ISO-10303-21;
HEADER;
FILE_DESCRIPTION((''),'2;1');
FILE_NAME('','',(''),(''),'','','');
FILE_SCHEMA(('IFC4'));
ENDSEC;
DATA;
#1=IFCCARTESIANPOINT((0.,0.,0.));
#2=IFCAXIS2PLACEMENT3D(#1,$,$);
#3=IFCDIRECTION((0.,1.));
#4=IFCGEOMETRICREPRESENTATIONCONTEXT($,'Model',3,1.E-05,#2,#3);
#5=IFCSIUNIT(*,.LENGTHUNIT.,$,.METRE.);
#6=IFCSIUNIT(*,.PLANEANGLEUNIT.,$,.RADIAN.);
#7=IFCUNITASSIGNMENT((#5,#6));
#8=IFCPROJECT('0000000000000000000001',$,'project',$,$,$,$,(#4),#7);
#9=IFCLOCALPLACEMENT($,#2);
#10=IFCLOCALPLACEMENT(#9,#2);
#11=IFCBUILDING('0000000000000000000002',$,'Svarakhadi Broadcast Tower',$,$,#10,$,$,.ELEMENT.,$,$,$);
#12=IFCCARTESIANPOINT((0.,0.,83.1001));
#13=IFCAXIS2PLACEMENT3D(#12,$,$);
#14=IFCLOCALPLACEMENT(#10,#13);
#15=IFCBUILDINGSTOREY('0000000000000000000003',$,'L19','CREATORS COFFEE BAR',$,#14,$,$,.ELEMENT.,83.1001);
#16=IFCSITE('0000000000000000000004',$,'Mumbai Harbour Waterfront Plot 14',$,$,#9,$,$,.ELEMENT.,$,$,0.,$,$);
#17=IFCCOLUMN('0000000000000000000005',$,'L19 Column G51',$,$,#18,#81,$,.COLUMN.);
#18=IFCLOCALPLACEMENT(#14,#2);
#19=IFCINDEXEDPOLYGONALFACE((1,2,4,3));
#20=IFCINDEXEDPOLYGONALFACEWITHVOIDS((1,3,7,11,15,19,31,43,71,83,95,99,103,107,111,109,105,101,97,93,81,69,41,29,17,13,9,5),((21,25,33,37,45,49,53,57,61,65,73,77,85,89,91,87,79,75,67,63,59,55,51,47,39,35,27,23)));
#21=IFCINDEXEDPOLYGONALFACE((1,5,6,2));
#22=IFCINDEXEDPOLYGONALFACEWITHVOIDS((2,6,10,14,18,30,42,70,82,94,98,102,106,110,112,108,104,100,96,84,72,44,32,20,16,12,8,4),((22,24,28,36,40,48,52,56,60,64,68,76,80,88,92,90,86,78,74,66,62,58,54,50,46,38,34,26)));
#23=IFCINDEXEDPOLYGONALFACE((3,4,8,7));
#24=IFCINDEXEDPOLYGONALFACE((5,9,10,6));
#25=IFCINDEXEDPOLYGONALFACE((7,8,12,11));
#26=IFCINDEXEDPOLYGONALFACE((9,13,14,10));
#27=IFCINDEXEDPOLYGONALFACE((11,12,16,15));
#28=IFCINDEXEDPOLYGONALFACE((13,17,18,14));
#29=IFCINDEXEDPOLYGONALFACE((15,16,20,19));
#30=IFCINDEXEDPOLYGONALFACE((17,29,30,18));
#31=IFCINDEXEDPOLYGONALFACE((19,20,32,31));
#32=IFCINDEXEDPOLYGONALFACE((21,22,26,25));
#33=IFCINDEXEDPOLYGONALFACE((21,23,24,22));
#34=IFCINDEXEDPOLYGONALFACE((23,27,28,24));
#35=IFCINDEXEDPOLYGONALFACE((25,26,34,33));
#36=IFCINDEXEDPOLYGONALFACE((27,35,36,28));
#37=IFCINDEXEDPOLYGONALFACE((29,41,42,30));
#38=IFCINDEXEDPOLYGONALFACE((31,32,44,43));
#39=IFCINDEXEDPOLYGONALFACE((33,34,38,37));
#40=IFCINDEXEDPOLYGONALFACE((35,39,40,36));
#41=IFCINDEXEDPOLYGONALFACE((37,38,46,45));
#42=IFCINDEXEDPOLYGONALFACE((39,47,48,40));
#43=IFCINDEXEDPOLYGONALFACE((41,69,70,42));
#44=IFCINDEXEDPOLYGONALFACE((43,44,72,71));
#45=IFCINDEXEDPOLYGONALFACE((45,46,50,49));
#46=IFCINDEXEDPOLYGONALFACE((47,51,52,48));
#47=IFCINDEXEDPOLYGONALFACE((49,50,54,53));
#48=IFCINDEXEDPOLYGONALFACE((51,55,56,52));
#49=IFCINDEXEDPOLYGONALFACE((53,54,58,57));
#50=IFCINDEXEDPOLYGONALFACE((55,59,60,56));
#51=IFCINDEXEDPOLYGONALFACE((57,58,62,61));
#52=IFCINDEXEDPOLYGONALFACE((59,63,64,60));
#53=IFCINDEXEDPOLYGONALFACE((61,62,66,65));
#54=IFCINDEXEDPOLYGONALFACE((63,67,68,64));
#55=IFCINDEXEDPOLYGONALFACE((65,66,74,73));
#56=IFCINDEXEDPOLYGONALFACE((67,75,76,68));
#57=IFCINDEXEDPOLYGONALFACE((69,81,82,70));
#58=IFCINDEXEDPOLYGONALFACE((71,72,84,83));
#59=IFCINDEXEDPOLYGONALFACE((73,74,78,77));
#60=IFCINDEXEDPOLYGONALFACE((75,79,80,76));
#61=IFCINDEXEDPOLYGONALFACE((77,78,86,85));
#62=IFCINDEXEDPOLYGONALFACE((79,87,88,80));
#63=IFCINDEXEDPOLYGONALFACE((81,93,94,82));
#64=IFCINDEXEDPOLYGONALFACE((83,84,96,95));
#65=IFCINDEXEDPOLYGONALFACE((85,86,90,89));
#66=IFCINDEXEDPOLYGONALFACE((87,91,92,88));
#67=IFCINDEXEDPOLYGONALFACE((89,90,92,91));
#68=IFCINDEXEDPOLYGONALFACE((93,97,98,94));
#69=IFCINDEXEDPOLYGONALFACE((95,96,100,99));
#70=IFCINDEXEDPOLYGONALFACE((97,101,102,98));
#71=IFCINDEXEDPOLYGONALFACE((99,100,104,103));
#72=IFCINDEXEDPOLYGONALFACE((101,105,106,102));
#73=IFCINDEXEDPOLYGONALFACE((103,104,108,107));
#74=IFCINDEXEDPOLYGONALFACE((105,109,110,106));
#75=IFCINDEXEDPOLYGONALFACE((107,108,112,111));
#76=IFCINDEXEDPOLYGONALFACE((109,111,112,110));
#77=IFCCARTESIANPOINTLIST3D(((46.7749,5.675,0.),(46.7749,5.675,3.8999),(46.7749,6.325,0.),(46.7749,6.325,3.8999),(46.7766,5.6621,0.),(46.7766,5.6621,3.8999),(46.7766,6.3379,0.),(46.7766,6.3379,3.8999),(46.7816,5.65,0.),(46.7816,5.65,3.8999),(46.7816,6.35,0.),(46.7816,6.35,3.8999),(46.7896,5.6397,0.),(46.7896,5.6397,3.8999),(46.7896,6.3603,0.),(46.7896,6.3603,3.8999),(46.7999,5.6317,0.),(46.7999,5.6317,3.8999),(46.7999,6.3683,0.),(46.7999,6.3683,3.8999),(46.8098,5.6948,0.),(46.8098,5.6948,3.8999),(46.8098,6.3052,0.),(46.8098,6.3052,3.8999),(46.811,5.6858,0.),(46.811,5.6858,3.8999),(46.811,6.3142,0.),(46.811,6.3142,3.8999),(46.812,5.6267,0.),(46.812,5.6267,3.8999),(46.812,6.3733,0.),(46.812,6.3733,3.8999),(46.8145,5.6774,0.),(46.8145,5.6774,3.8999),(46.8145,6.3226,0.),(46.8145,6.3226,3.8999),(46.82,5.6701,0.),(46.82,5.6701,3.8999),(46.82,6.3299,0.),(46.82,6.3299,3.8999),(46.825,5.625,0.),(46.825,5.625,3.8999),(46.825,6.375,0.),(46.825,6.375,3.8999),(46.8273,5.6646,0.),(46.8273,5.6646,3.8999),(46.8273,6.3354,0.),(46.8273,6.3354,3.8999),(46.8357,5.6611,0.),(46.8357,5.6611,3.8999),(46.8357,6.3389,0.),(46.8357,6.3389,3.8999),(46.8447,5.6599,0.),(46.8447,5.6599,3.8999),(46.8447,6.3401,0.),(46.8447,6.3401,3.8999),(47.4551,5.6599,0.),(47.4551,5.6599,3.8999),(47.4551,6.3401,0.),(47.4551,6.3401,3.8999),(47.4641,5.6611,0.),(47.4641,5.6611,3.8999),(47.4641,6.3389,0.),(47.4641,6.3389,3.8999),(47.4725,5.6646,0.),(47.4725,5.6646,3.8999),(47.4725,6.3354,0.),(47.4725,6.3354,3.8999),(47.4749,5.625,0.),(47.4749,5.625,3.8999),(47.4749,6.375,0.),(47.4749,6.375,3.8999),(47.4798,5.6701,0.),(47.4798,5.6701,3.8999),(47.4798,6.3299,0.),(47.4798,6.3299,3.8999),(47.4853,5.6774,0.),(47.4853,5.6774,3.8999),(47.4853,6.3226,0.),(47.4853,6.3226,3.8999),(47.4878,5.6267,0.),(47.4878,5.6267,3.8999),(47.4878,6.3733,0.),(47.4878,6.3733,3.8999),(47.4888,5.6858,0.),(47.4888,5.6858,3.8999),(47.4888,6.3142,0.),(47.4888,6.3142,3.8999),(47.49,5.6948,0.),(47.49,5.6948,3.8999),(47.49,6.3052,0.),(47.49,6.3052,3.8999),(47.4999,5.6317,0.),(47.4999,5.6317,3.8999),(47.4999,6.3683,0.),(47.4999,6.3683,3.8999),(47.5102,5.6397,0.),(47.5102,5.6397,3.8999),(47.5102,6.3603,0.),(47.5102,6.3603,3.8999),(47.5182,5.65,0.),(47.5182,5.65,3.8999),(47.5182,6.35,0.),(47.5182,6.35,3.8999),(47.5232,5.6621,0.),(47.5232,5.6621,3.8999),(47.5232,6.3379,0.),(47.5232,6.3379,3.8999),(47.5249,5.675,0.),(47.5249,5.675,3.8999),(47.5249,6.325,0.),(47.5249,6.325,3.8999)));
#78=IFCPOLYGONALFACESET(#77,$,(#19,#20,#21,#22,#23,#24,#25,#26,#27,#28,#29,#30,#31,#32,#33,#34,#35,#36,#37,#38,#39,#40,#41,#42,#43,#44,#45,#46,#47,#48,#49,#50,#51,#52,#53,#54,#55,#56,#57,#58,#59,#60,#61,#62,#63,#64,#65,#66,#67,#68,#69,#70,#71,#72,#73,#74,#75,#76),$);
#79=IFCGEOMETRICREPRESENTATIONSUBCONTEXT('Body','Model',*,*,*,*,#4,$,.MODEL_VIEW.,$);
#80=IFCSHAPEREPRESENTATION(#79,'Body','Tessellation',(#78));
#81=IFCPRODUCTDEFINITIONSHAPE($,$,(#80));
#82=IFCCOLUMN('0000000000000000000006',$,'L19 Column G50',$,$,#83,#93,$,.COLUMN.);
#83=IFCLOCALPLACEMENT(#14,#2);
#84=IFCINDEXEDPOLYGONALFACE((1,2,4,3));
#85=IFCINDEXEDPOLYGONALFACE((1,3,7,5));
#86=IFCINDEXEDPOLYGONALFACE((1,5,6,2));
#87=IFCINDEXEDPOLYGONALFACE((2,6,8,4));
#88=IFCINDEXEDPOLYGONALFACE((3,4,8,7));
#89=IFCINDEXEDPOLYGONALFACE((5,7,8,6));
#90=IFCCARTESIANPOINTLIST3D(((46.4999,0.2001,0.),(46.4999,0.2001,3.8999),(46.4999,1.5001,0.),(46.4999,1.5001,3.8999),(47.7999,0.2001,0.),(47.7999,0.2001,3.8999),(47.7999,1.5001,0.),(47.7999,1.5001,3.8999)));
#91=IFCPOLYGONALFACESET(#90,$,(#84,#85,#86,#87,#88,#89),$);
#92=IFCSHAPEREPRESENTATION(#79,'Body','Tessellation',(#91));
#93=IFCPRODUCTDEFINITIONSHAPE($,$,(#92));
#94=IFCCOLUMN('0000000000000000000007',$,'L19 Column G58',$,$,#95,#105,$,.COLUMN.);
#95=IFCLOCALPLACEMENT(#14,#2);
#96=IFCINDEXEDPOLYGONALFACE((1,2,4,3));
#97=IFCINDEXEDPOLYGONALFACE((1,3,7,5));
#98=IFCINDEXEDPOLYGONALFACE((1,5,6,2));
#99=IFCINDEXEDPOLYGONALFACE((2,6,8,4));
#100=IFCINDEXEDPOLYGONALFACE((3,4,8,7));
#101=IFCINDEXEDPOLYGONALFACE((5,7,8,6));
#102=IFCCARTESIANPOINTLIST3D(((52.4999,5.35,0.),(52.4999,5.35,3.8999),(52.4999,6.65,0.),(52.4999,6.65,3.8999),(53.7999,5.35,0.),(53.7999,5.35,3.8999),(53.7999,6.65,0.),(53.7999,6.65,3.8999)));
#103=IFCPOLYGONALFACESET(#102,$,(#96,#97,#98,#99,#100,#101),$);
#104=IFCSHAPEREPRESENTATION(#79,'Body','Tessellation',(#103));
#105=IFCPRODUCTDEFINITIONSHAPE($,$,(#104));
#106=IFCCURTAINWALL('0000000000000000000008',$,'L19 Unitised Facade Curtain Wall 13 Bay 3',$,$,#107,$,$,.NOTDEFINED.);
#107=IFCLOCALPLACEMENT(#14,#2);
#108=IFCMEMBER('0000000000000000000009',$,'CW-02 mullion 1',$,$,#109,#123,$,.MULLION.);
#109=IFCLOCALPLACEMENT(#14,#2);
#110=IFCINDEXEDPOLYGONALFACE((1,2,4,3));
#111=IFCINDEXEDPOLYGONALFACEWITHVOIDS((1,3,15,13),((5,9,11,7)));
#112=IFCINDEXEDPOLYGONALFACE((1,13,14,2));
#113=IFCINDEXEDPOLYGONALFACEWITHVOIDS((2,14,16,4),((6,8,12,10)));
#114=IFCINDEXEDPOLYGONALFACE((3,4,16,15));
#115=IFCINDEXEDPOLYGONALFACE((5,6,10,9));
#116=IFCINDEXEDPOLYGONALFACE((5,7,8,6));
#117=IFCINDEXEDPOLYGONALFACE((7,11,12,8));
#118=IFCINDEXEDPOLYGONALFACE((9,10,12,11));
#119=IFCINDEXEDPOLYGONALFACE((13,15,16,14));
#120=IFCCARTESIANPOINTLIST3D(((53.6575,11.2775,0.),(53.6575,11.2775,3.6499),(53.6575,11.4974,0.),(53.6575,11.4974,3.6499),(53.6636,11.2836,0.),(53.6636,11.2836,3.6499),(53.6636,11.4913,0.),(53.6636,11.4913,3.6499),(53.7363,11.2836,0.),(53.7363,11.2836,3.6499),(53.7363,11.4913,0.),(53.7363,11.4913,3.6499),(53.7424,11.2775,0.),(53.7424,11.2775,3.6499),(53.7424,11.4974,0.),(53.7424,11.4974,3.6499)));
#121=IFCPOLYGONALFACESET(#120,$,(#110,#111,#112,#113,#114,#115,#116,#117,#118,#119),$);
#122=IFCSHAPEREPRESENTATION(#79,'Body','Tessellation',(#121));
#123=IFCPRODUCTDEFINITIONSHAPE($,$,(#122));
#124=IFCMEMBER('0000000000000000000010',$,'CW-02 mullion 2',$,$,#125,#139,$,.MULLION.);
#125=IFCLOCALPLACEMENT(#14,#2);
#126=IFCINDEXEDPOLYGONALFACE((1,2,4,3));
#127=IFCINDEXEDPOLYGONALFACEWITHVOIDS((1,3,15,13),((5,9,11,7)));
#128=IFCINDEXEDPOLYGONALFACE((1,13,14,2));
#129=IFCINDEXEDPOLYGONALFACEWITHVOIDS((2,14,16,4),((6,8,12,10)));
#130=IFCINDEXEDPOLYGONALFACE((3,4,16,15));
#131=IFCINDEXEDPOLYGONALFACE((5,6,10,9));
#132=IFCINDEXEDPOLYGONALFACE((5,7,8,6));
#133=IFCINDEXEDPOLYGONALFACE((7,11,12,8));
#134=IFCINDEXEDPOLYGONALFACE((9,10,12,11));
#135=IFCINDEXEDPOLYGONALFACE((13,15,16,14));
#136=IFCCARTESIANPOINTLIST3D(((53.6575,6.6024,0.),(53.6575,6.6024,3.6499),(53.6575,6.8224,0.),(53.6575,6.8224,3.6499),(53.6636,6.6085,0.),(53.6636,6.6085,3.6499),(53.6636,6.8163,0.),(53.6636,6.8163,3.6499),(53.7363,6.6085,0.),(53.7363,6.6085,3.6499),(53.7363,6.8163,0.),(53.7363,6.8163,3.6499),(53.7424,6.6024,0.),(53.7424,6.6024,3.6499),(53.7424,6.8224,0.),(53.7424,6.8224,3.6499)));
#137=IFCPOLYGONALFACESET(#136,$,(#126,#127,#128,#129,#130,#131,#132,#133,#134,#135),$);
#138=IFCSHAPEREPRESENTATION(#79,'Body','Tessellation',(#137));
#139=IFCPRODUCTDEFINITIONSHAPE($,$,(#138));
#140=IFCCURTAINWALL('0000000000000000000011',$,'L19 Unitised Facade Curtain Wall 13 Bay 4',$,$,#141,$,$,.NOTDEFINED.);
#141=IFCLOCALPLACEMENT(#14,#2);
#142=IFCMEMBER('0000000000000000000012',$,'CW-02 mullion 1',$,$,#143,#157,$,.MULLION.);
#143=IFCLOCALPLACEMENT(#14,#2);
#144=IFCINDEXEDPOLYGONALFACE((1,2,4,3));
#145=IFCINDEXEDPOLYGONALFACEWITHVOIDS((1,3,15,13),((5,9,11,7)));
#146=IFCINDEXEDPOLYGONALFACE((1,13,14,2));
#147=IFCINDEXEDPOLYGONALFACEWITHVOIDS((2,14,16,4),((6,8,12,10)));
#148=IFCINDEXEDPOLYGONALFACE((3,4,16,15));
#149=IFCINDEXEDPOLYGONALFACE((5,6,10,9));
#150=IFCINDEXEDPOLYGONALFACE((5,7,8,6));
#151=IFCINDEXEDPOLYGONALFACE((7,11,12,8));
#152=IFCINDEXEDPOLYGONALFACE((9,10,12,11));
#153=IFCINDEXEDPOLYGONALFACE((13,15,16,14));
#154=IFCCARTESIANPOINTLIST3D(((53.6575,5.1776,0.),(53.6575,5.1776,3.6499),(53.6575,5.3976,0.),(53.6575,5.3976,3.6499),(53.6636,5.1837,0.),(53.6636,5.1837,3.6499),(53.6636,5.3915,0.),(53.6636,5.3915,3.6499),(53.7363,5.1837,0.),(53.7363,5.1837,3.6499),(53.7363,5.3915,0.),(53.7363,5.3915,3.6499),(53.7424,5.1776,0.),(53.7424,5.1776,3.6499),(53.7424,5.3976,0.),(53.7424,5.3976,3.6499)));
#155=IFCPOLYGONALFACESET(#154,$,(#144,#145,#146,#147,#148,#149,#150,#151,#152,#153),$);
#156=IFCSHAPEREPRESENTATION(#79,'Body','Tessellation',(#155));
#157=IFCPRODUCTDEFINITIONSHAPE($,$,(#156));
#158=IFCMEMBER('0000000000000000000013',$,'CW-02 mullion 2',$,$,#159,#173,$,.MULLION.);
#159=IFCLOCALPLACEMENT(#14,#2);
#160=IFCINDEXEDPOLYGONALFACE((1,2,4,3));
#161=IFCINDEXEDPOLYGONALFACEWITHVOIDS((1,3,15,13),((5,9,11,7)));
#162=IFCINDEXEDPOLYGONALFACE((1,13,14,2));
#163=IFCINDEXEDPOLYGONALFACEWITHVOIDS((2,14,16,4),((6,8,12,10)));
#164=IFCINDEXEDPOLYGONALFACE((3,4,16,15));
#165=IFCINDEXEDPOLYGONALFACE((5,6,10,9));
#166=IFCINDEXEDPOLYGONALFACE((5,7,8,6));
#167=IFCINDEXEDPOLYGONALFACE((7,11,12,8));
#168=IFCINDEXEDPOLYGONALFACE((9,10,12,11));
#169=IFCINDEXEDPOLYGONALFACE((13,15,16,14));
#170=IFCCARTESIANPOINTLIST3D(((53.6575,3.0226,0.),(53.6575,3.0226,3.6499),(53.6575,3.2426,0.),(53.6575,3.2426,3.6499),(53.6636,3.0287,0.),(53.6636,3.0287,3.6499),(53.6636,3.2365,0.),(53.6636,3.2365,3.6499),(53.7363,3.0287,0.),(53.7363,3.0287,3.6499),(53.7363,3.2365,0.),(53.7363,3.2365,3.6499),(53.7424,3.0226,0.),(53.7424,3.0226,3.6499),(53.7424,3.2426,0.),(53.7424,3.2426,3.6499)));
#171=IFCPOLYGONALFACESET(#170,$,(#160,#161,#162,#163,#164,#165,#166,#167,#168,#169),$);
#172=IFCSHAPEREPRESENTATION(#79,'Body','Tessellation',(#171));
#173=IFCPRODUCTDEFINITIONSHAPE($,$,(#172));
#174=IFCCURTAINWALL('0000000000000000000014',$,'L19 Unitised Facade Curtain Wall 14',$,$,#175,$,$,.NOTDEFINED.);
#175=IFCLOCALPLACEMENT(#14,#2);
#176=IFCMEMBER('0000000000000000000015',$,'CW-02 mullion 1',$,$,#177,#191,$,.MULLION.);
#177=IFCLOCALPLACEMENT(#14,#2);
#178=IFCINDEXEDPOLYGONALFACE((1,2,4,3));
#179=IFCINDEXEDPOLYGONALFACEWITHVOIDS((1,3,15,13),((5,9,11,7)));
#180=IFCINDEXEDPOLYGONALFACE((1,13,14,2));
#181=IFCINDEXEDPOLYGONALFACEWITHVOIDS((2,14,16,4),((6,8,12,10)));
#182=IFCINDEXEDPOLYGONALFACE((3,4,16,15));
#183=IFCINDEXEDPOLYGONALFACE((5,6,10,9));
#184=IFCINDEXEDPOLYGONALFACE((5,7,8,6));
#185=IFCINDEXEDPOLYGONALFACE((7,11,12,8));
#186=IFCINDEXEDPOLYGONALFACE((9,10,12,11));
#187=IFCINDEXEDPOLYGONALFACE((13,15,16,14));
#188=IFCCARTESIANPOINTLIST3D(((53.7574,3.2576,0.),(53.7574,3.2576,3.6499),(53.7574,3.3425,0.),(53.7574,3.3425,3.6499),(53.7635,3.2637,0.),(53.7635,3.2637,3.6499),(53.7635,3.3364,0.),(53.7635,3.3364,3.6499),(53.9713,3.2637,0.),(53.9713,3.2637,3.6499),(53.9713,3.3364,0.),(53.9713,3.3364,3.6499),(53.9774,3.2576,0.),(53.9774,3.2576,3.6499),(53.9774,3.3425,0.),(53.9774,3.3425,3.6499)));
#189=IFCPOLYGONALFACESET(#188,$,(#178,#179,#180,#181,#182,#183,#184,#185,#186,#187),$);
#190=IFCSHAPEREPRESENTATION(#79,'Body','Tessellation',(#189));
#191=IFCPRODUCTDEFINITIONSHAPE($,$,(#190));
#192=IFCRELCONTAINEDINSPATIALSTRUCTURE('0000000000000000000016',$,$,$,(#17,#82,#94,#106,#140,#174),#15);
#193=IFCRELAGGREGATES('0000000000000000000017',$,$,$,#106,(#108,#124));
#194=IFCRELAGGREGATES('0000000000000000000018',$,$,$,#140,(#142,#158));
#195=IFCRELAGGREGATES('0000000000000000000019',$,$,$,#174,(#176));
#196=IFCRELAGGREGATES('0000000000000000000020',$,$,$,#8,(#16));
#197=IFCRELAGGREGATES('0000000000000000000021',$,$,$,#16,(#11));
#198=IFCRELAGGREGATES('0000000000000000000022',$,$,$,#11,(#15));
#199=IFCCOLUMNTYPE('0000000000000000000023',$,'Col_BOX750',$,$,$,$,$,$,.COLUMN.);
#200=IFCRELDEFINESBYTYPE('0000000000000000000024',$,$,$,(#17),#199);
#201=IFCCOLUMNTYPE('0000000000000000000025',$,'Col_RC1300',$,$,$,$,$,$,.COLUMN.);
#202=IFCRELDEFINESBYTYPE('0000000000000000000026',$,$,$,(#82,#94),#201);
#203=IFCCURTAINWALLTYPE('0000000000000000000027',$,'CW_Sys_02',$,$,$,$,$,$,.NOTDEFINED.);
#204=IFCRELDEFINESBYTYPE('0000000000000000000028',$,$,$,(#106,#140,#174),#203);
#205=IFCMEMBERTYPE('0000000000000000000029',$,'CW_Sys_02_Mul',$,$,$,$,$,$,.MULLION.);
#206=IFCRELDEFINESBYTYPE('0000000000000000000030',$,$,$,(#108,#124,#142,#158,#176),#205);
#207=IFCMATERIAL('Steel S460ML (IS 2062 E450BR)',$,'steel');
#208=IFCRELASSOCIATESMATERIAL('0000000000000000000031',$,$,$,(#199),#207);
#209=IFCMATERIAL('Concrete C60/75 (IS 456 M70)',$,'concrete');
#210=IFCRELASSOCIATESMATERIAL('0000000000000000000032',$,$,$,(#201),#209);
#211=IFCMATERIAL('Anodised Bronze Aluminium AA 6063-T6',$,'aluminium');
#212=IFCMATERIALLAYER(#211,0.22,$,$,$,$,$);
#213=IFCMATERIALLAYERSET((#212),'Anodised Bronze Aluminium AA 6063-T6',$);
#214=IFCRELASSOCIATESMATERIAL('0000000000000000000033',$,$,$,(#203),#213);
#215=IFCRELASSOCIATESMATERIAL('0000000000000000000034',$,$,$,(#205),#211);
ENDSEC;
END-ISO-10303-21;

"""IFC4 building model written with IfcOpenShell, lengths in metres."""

from ifc_helpers import new_model, si_unit, direction, frame, origin, origin_2d, place, context, subcontext, project, spatial, rectangle, hollow_rectangle, extrude, material, layer, layer_set, material_profile, profile_set, type_object, element, aggregate, save


model = new_model("IFC4")

# Units and contexts
model_context = context("Model", 3, precision=1e-05, world=origin(), true_north=direction((0.0, 1.0)))
body_context = subcontext(model_context, "Body", "Model", "MODEL_VIEW")
ifc_project = project(units=[si_unit("LENGTHUNIT", "METRE"), si_unit("PLANEANGLEUNIT", "RADIAN")], contexts=[model_context])

# Site, building, storey
site_placement = place(None, origin())
site = spatial("IfcSite", under=ifc_project, at=site_placement, Name="Mumbai Harbour Waterfront Plot 14", CompositionType="ELEMENT", RefElevation=0.0)
building_placement = place(site_placement, origin())
building = spatial("IfcBuilding", under=site, at=building_placement, Name="Svarakhadi Broadcast Tower", CompositionType="ELEMENT")
storey_placement = place(building_placement, frame((0.0, 0.0, 83.1001)))
storey = spatial("IfcBuildingStorey", under=building, at=storey_placement, Name="L19", Description="CREATORS COFFEE BAR", CompositionType="ELEMENT", Elevation=83.1001)

# Columns
ifc_material_1 = material(Name="Steel S460ML (IS 2062 E450BR)", Category="steel")
ifc_material_profile_1 = material_profile(ifc_material_1, hollow_rectangle(XDim=0.75, YDim=0.75, WallThickness=0.0349, InnerFilletRadius=0.0349, OuterFilletRadius=0.05, at=origin_2d()), Name="BOX 750x750x35")
ifc_profile_set_1 = profile_set([ifc_material_profile_1], Name="Steel S460ML (IS 2062 E450BR)")
column_type_1 = type_object("IfcColumnType", Name="Col_BOX750", PredefinedType="COLUMN", material=ifc_profile_set_1)
column_placement = place(storey_placement, frame((47.1499, 6.0, 0.0), z_axis=(0.0, 0.0, 1.0), x_axis=(1.0, 0.0, 0.0)))
element("IfcColumn", 1, at=column_placement, inside=storey, type_object=column_type_1, Name="L19 Column G51", PredefinedType="COLUMN", context=body_context, shape_type="SweptSolid", body=[
    extrude(hollow_rectangle(XDim=0.75, YDim=0.75, WallThickness=0.0349, InnerFilletRadius=0.0349, OuterFilletRadius=0.05, at=origin_2d()), origin(), (0.0, 0.0, 1.0), 3.8999),
])
ifc_material_2 = material(Name="Concrete C60/75 (IS 456 M70)", Category="concrete")
ifc_material_profile_2 = material_profile(ifc_material_2, rectangle(XDim=1.3, YDim=1.3, at=origin_2d()), Name="RC 1300x1300")
ifc_profile_set_2 = profile_set([ifc_material_profile_2], Name="Concrete C60/75 (IS 456 M70)")
column_type_2 = type_object("IfcColumnType", Name="Col_RC1300", PredefinedType="COLUMN", material=ifc_profile_set_2)
for number, where, z_axis, x_axis, name in (
    (2, (47.1499, 0.8501, 0.0), (0.0, 0.0, 1.0), (1.0, 0.0, 0.0), "L19 Column G50"),
    (3, (53.1499, 6.0, 0.0), (0.0, 0.0, 1.0), (1.0, 0.0, 0.0), "L19 Column G58"),
):
    element("IfcColumn", number, at=place(storey_placement, frame(where, z_axis=z_axis, x_axis=x_axis)), inside=storey, type_object=column_type_2, Name=name, PredefinedType="COLUMN", context=body_context, shape_type="SweptSolid", body=[
        extrude(rectangle(XDim=1.3, YDim=1.3, at=origin_2d()), origin(), (0.0, 0.0, 1.0), 3.8999),
    ])

# Curtain walls, members
ifc_material_3 = material(Name="Anodised Bronze Aluminium AA 6063-T6", Category="aluminium")
ifc_layer_1 = layer(ifc_material_3, 0.22)
ifc_layer_set_1 = layer_set([ifc_layer_1], Name="Anodised Bronze Aluminium AA 6063-T6")
curtain_wall_type = type_object("IfcCurtainWallType", Name="CW_Sys_02", PredefinedType="NOTDEFINED", material=ifc_layer_set_1)
curtain_wall_1_placement = place(storey_placement, origin())
curtain_wall_1 = element("IfcCurtainWall", 4, at=curtain_wall_1_placement, inside=storey, type_object=curtain_wall_type, Name="L19 Unitised Facade Curtain Wall 13 Bay 3", PredefinedType="NOTDEFINED")
ifc_material_profile_3 = material_profile(ifc_material_3, hollow_rectangle(XDim=0.085, YDim=0.22, WallThickness=0.0061, at=origin_2d()), Name="ALU MULLION 220x85x6")
ifc_profile_set_3 = profile_set([ifc_material_profile_3], Name="Anodised Bronze Aluminium AA 6063-T6")
member_type_1 = type_object("IfcMemberType", Name="CW_Sys_02_Mul", PredefinedType="MULLION", material=ifc_profile_set_3)
member_1_placement = place(storey_placement, frame((53.7, 11.3875, 0.0), z_axis=(0.0, 0.0, 1.0), x_axis=(1.0, 0.0, 0.0)))
member_1 = element("IfcMember", 5, at=member_1_placement, type_object=member_type_1, Name="CW-02 mullion 1", PredefinedType="MULLION", context=body_context, shape_type="SweptSolid", body=[
    extrude(hollow_rectangle(XDim=0.085, YDim=0.22, WallThickness=0.0061, at=origin_2d()), origin(), (0.0, 0.0, 1.0), 3.6499),
])
member_2_placement = place(storey_placement, frame((53.7, 6.7124, 0.0), z_axis=(0.0, 0.0, 1.0), x_axis=(1.0, 0.0, 0.0)))
member_2 = element("IfcMember", 6, at=member_2_placement, type_object=member_type_1, Name="CW-02 mullion 2", PredefinedType="MULLION", context=body_context, shape_type="SweptSolid", body=[
    extrude(hollow_rectangle(XDim=0.085, YDim=0.22, WallThickness=0.0061, at=origin_2d()), origin(), (0.0, 0.0, 1.0), 3.6499),
])
curtain_wall_2_placement = place(storey_placement, origin())
curtain_wall_2 = element("IfcCurtainWall", 7, at=curtain_wall_2_placement, inside=storey, type_object=curtain_wall_type, Name="L19 Unitised Facade Curtain Wall 13 Bay 4", PredefinedType="NOTDEFINED")
member_3_placement = place(storey_placement, frame((53.7, 5.2876, 0.0), z_axis=(0.0, 0.0, 1.0), x_axis=(1.0, 0.0, 0.0)))
member_3 = element("IfcMember", 8, at=member_3_placement, type_object=member_type_1, Name="CW-02 mullion 1", PredefinedType="MULLION", context=body_context, shape_type="SweptSolid", body=[
    extrude(hollow_rectangle(XDim=0.085, YDim=0.22, WallThickness=0.0061, at=origin_2d()), origin(), (0.0, 0.0, 1.0), 3.6499),
])
member_4_placement = place(storey_placement, frame((53.7, 3.1326, 0.0), z_axis=(0.0, 0.0, 1.0), x_axis=(1.0, 0.0, 0.0)))
member_4 = element("IfcMember", 9, at=member_4_placement, type_object=member_type_1, Name="CW-02 mullion 2", PredefinedType="MULLION", context=body_context, shape_type="SweptSolid", body=[
    extrude(hollow_rectangle(XDim=0.085, YDim=0.22, WallThickness=0.0061, at=origin_2d()), origin(), (0.0, 0.0, 1.0), 3.6499),
])
curtain_wall_3_placement = place(storey_placement, origin())
curtain_wall_3 = element("IfcCurtainWall", 10, at=curtain_wall_3_placement, inside=storey, type_object=curtain_wall_type, Name="L19 Unitised Facade Curtain Wall 14", PredefinedType="NOTDEFINED")
member_5_placement = place(storey_placement, frame((53.8674, 3.3, 0.0), z_axis=(0.0, 0.0, 1.0), x_axis=(0.0, -1.0, 0.0)))
member_5 = element("IfcMember", 11, at=member_5_placement, type_object=member_type_1, Name="CW-02 mullion 1", PredefinedType="MULLION", context=body_context, shape_type="SweptSolid", body=[
    extrude(hollow_rectangle(XDim=0.085, YDim=0.22, WallThickness=0.0061, at=origin_2d()), origin(), (0.0, 0.0, 1.0), 3.6499),
])

aggregate(curtain_wall_1, [member_1, member_2])
aggregate(curtain_wall_2, [member_3, member_4])
aggregate(curtain_wall_3, [member_5])

save(model, "model.ifc")
